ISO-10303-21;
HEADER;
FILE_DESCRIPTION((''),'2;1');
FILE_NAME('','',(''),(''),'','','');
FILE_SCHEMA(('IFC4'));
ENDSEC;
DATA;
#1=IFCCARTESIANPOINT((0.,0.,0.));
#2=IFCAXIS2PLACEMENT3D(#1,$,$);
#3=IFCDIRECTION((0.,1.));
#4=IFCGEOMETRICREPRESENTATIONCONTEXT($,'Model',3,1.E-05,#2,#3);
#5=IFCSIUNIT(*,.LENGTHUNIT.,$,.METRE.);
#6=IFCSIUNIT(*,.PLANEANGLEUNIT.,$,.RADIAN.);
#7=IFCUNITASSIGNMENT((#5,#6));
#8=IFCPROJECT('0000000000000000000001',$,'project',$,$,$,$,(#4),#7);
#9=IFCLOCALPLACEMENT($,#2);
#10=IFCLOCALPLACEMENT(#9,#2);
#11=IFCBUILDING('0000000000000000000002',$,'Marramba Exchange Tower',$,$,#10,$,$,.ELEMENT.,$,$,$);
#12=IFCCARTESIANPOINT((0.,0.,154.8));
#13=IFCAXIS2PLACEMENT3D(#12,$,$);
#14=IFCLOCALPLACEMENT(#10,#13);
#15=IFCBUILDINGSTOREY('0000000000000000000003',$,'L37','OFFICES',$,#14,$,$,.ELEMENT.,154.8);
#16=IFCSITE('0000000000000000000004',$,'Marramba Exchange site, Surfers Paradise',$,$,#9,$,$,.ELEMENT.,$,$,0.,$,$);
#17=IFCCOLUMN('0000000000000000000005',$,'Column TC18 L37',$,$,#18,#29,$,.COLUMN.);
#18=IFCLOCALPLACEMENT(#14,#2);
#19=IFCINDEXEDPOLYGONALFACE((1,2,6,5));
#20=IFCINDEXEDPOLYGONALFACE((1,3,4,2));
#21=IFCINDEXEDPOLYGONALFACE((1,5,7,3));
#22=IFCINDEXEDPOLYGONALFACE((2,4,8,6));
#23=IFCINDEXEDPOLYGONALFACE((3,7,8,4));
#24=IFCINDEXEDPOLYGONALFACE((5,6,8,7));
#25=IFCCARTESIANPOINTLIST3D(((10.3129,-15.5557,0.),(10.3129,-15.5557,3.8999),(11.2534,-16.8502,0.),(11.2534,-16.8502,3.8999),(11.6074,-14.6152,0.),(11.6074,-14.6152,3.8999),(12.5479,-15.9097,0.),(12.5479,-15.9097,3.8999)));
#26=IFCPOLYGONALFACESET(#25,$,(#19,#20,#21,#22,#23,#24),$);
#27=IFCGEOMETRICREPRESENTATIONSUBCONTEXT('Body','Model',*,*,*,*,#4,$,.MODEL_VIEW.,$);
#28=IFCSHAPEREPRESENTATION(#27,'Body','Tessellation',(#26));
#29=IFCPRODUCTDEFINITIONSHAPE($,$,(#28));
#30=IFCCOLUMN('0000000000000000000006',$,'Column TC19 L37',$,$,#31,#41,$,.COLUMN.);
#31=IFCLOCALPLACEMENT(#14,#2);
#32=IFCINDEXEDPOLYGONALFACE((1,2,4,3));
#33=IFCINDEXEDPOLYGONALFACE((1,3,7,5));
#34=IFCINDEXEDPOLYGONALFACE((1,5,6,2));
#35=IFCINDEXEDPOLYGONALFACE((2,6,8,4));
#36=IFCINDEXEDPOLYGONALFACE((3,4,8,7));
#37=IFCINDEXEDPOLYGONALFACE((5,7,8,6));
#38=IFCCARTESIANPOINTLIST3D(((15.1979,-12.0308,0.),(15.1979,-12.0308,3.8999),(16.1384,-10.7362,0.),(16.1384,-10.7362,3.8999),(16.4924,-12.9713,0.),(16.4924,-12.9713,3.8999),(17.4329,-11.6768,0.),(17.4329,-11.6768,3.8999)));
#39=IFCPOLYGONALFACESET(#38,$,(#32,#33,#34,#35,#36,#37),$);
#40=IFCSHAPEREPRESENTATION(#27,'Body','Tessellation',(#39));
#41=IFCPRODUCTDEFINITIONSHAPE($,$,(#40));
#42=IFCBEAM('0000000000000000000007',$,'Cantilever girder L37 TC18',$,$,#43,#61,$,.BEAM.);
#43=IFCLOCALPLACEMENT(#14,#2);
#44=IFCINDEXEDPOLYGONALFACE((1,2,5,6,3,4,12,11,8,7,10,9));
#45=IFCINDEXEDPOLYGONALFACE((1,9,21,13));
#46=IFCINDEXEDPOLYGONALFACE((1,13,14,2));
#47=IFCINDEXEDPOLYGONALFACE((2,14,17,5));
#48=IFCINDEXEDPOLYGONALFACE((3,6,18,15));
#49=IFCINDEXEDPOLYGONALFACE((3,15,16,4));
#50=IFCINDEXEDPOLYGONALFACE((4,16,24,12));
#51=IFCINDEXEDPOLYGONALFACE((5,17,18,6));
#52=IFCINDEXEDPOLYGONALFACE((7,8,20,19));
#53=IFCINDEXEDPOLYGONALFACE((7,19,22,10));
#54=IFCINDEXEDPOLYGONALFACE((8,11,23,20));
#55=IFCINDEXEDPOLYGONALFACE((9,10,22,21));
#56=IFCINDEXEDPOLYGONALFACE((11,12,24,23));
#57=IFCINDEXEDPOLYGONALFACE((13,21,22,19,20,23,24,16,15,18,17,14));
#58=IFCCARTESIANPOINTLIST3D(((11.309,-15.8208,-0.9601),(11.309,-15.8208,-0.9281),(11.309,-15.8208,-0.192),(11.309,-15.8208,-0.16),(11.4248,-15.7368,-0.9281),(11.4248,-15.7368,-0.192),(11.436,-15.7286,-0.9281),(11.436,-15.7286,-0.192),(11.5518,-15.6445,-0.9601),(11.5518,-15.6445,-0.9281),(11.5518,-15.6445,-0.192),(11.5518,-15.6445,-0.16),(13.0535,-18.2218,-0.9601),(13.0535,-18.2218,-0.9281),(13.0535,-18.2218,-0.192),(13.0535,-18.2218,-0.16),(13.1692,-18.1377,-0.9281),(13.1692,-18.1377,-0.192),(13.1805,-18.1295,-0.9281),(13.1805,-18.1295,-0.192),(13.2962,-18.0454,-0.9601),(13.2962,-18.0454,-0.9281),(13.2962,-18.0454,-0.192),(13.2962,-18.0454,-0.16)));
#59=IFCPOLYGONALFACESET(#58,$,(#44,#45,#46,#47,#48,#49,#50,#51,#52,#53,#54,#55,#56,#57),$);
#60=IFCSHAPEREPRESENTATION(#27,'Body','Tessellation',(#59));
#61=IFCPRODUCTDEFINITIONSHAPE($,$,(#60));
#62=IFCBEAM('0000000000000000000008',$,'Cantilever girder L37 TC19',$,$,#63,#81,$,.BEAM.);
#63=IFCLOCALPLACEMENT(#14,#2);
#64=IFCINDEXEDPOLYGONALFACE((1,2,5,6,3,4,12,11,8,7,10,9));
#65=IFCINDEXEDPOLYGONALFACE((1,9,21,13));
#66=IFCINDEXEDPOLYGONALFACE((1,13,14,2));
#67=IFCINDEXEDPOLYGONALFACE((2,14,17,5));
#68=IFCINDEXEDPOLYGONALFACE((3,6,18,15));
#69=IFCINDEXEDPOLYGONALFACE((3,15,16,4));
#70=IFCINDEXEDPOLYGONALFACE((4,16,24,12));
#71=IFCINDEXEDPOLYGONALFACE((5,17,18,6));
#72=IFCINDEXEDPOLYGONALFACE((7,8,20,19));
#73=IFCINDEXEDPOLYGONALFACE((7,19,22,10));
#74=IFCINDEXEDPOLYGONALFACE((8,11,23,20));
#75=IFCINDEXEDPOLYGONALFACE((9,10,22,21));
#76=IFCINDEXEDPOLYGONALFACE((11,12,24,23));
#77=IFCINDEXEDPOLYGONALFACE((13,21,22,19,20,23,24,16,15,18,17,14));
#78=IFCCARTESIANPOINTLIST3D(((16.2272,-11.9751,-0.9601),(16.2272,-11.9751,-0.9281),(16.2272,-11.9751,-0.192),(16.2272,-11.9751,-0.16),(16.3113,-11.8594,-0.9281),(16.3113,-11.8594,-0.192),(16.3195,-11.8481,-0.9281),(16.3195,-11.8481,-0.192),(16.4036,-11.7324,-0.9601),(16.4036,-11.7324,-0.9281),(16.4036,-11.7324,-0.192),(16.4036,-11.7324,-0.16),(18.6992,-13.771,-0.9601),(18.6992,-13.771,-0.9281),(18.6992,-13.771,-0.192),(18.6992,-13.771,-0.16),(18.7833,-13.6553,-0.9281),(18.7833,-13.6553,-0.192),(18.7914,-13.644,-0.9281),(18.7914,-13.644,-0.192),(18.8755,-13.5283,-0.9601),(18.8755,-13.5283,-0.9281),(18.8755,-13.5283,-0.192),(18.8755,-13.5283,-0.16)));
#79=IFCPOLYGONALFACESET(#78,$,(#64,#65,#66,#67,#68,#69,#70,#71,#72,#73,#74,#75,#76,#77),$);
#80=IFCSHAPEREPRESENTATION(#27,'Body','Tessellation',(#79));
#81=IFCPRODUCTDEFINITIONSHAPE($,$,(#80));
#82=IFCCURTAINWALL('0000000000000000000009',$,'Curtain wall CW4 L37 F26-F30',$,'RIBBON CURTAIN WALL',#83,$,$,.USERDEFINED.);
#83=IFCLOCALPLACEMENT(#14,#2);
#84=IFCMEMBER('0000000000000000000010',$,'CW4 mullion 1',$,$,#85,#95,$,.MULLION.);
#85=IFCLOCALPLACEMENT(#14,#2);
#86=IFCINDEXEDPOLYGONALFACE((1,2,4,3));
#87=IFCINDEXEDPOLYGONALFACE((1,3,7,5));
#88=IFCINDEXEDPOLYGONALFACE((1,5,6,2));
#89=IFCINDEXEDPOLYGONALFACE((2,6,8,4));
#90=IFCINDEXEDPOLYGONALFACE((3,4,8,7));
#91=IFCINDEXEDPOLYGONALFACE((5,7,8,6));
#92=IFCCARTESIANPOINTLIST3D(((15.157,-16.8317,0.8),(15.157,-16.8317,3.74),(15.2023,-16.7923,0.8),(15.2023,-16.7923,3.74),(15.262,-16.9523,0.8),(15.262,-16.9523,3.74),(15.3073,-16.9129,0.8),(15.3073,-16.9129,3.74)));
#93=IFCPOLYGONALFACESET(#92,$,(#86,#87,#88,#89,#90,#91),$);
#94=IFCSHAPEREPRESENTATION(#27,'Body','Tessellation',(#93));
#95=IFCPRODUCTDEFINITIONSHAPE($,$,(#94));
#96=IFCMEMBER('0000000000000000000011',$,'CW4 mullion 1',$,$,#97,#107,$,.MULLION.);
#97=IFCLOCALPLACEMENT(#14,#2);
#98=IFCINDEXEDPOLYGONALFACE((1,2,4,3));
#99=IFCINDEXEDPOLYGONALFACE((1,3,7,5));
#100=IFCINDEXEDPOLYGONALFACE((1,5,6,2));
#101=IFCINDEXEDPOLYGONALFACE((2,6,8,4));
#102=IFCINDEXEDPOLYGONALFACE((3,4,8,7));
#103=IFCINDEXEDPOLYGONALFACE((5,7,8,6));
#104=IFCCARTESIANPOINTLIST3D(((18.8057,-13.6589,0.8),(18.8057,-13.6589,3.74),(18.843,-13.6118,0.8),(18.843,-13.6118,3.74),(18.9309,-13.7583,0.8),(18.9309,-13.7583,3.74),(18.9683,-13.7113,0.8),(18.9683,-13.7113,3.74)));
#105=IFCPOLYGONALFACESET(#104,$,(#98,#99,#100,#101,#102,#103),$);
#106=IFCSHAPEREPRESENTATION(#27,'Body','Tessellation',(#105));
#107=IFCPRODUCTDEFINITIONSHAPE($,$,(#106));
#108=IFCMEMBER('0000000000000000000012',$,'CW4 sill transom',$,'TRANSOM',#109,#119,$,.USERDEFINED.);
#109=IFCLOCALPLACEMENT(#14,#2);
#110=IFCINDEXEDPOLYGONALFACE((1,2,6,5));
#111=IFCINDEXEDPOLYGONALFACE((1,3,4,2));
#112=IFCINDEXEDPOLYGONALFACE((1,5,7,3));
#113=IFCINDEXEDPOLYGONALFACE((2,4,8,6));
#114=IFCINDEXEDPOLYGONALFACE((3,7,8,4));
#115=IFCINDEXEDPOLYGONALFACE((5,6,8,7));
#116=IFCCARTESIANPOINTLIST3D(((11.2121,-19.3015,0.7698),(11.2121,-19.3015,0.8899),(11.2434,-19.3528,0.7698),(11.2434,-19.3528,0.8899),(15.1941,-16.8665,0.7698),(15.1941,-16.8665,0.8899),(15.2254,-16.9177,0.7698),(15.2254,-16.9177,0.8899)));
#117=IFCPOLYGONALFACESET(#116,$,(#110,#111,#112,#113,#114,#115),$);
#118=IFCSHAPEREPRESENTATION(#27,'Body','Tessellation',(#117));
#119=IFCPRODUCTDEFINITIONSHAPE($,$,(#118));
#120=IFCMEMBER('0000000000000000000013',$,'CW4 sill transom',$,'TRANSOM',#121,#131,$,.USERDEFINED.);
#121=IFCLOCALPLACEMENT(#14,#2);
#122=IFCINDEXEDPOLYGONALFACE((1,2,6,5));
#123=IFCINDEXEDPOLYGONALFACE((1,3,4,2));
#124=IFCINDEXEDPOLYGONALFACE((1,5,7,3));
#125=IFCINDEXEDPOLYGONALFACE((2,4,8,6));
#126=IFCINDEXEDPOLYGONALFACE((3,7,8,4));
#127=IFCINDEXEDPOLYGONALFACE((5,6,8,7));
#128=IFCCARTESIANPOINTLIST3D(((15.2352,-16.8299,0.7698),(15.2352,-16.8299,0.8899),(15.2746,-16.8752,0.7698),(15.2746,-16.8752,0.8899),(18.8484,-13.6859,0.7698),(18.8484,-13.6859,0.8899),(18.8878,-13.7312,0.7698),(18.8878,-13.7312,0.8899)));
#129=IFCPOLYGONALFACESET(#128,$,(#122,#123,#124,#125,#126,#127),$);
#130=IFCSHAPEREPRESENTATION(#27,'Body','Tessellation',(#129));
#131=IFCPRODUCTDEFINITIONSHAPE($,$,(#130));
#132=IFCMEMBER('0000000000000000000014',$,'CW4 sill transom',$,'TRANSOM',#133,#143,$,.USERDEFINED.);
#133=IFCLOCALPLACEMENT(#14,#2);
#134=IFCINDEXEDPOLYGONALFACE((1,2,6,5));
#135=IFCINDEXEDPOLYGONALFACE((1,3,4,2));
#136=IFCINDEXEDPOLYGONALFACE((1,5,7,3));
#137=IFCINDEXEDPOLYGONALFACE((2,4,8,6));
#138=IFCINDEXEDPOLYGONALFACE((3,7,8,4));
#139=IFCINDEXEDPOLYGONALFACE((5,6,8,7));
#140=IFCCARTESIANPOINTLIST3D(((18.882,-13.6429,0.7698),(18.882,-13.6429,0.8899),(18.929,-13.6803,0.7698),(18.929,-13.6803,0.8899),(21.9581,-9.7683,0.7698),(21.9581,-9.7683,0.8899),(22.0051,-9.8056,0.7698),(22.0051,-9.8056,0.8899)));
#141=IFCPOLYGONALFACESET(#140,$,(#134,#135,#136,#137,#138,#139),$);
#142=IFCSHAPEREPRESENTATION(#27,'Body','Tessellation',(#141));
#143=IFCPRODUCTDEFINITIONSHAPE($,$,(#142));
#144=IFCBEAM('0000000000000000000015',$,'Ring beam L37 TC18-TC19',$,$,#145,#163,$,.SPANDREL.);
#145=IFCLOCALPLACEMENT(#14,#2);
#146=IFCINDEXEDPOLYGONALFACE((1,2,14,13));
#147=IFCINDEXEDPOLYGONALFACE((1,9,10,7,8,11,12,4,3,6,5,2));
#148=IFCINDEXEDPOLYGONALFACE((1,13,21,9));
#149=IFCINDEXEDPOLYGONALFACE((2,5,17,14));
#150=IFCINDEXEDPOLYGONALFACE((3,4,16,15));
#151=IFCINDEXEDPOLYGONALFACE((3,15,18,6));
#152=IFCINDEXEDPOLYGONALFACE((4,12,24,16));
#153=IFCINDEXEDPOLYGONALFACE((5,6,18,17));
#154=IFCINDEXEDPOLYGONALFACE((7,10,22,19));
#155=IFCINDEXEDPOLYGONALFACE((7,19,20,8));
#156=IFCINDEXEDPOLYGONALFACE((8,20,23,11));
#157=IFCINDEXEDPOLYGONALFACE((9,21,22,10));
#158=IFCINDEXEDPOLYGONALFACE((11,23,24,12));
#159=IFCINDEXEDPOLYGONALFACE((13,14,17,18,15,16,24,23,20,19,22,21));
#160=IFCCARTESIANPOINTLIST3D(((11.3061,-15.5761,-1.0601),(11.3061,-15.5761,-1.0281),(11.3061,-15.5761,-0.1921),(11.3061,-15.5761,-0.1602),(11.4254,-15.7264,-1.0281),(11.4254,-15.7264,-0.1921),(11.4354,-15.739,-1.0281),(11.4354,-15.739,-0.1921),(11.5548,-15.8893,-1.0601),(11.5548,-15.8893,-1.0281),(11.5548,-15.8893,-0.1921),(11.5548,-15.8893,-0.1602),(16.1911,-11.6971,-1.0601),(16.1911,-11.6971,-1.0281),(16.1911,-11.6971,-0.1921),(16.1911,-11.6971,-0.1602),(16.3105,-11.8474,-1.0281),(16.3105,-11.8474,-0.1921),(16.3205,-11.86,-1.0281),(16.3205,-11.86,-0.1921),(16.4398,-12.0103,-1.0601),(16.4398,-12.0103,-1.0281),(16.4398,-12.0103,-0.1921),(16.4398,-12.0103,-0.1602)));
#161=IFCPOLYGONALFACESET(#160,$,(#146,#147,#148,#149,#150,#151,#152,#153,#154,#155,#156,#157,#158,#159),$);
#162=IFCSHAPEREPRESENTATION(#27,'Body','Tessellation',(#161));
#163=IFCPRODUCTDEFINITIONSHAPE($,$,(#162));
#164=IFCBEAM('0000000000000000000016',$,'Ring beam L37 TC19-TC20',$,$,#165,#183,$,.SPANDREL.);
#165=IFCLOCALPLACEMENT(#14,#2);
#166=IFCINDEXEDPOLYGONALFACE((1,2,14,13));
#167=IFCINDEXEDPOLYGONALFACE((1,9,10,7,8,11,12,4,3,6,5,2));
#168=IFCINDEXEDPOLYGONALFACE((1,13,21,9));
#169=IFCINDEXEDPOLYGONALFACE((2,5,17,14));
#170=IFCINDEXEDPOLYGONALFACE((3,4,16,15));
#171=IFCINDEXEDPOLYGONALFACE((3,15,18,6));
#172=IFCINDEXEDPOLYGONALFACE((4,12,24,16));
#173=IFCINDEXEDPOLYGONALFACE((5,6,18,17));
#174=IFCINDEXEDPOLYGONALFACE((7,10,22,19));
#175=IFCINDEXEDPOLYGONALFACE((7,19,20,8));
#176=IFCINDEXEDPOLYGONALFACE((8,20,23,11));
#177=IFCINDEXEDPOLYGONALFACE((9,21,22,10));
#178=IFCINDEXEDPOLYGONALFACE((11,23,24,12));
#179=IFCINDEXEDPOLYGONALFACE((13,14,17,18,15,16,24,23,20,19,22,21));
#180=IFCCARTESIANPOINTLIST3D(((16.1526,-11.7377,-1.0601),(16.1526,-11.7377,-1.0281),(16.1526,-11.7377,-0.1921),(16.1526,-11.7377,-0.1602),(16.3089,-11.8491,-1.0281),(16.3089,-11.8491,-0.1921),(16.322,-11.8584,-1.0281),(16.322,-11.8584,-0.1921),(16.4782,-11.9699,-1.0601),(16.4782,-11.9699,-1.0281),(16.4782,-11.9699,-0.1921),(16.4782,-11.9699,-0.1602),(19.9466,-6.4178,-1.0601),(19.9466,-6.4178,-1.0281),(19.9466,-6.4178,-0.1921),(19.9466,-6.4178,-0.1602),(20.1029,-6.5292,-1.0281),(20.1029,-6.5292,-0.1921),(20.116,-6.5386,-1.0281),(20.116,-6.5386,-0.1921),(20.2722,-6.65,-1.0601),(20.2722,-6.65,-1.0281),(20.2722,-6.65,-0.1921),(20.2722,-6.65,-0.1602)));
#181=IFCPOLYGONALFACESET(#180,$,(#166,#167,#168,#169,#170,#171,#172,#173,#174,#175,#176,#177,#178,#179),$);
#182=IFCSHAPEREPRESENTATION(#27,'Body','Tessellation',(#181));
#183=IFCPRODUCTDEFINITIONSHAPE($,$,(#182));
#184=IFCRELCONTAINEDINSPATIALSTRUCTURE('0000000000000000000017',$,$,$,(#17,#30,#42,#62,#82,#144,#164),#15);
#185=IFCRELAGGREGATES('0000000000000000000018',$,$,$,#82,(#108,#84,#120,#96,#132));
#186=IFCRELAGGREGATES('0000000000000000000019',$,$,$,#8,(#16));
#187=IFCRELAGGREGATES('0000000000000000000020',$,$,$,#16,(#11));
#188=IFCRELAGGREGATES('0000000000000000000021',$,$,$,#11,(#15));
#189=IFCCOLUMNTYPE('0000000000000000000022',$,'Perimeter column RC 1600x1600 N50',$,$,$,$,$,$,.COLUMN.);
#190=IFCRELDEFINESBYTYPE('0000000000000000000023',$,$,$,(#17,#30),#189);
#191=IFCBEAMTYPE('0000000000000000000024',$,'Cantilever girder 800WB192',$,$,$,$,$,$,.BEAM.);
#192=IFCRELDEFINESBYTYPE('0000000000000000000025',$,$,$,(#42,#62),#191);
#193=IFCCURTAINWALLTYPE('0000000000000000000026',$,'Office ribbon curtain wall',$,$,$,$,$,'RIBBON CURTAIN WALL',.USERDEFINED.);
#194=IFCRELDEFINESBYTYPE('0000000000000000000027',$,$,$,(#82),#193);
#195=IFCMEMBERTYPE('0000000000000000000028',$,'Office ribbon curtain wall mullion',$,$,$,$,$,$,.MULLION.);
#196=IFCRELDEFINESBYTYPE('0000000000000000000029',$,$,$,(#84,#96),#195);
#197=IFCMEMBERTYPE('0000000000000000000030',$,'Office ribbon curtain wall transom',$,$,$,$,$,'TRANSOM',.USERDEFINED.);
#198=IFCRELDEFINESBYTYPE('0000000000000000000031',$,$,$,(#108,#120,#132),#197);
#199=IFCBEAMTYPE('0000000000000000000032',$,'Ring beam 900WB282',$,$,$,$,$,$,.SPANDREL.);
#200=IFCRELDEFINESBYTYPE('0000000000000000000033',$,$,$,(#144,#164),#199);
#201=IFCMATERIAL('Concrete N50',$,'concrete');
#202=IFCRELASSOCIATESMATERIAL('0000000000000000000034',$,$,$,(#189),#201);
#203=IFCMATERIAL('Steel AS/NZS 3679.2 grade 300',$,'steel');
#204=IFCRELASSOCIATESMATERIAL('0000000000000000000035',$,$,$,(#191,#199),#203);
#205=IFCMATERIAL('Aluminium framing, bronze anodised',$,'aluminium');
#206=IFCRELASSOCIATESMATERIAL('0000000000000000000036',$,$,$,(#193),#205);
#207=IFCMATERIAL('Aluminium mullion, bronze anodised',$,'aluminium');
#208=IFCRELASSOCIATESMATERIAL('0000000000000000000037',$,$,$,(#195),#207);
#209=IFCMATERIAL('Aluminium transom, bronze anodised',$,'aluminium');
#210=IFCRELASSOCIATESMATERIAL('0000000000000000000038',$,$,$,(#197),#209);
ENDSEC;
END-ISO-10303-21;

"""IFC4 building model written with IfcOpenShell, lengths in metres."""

from ifc_helpers import new_model, si_unit, direction, frame, origin, origin_2d, place, context, subcontext, project, spatial, rectangle, i_section, extrude, material, material_profile, profile_set, type_object, element, aggregate, save


model = new_model("IFC4")

# Units and contexts
model_context = context("Model", 3, precision=1e-05, world=origin(), true_north=direction((0.0, 1.0)))
body_context = subcontext(model_context, "Body", "Model", "MODEL_VIEW")
ifc_project = project(units=[si_unit("LENGTHUNIT", "METRE"), si_unit("PLANEANGLEUNIT", "RADIAN")], contexts=[model_context])

# Site, building, storey
site_placement = place(None, origin())
site = spatial("IfcSite", under=ifc_project, at=site_placement, Name="Marramba Exchange site, Surfers Paradise", CompositionType="ELEMENT", RefElevation=0.0)
building_placement = place(site_placement, origin())
building = spatial("IfcBuilding", under=site, at=building_placement, Name="Marramba Exchange Tower", CompositionType="ELEMENT")
storey_placement = place(building_placement, frame((0.0, 0.0, 154.8)))
storey = spatial("IfcBuildingStorey", under=building, at=storey_placement, Name="L37", Description="OFFICES", CompositionType="ELEMENT", Elevation=154.8)

# Columns
ifc_material_1 = material(Name="Concrete N50", Category="concrete")
ifc_material_profile_1 = material_profile(ifc_material_1, rectangle(XDim=1.6001, YDim=1.6001, at=origin_2d()), Name="RC 1600x1600")
ifc_profile_set_1 = profile_set([ifc_material_profile_1], Name="Concrete N50")
column_type = type_object("IfcColumnType", Name="Perimeter column RC 1600x1600 N50", PredefinedType="COLUMN", material=ifc_profile_set_1)
for number, where, z_axis, x_axis, name in (
    (1, (11.4304, -15.7327, 0.0), (0.0, 0.0, 1.0), (0.587785, -0.809017, 0.0), "Column TC18 L37"),
    (2, (16.3154, -11.8538, 0.0), (0.0, 0.0, 1.0), (0.809017, -0.587785, 0.0), "Column TC19 L37"),
):
    element("IfcColumn", number, at=place(storey_placement, frame(where, z_axis=z_axis, x_axis=x_axis)), inside=storey, type_object=column_type, Name=name, PredefinedType="COLUMN", context=body_context, shape_type="SweptSolid", body=[
        extrude(rectangle(XDim=1.6001, YDim=1.6001, at=origin_2d()), origin(), (0.0, 0.0, 1.0), 3.8999),
    ])

# Beams
ifc_material_2 = material(Name="Steel AS/NZS 3679.2 grade 300", Category="steel")
ifc_material_profile_2 = material_profile(ifc_material_2, i_section(OverallWidth=0.3, OverallDepth=0.8, WebThickness=0.0139, FlangeThickness=0.032, at=origin_2d()), Name="800WB192")
ifc_profile_set_2 = profile_set([ifc_material_profile_2], Name="Steel AS/NZS 3679.2 grade 300")
beam_type_1 = type_object("IfcBeamType", Name="Cantilever girder 800WB192", PredefinedType="BEAM", material=ifc_profile_set_2)
beam_1_placement = place(storey_placement, frame((11.4304, -15.7327, -0.5601), z_axis=(0.587795, -0.80901, 0.0), x_axis=(0.80901, 0.587795, 0.0)))
element("IfcBeam", 3, at=beam_1_placement, inside=storey, type_object=beam_type_1, Name="Cantilever girder L37 TC18", PredefinedType="BEAM", context=body_context, shape_type="SweptSolid", body=[
    extrude(i_section(OverallWidth=0.3, OverallDepth=0.8, WebThickness=0.0139, FlangeThickness=0.032, at=origin_2d()), origin(), (0.0, 0.0, 1.0), 2.9678),
])
beam_2_placement = place(storey_placement, frame((16.3154, -11.8538, -0.5601), z_axis=(0.809026, -0.587773, 0.0), x_axis=(0.587773, 0.809026, 0.0)))
element("IfcBeam", 4, at=beam_2_placement, inside=storey, type_object=beam_type_1, Name="Cantilever girder L37 TC19", PredefinedType="BEAM", context=body_context, shape_type="SweptSolid", body=[
    extrude(i_section(OverallWidth=0.3, OverallDepth=0.8, WebThickness=0.0139, FlangeThickness=0.032, at=origin_2d()), origin(), (0.0, 0.0, 1.0), 3.0554),
])

# Curtain wall, members
ifc_material_3 = material(Name="Aluminium framing, bronze anodised", Category="aluminium")
curtain_wall_type = type_object("IfcCurtainWallType", Name="Office ribbon curtain wall", ElementType="RIBBON CURTAIN WALL", PredefinedType="USERDEFINED", material=ifc_material_3)
curtain_wall_placement = place(storey_placement, origin())
curtain_wall = element("IfcCurtainWall", 5, at=curtain_wall_placement, inside=storey, type_object=curtain_wall_type, Name="Curtain wall CW4 L37 F26-F30", ObjectType="RIBBON CURTAIN WALL", PredefinedType="USERDEFINED")
ifc_material_4 = material(Name="Aluminium mullion, bronze anodised", Category="aluminium")
ifc_material_profile_3 = material_profile(ifc_material_4, rectangle(XDim=0.1599, YDim=0.0601, at=origin_2d()), Name="CW4 mullion 60x160")
ifc_profile_set_3 = profile_set([ifc_material_profile_3], Name="Aluminium mullion, bronze anodised")
member_type_1 = type_object("IfcMemberType", Name="Office ribbon curtain wall mullion", PredefinedType="MULLION", material=ifc_profile_set_3)
member_1_placement = place(storey_placement, frame((15.2322, -16.8723, 0.8), z_axis=(0.0, 0.0, 1.0), x_axis=(-0.656432, 0.754386, 0.0)))
member_1 = element("IfcMember", 6, at=member_1_placement, type_object=member_type_1, Name="CW4 mullion 1", PredefinedType="MULLION", context=body_context, shape_type="SweptSolid", body=[
    extrude(rectangle(XDim=0.1599, YDim=0.0601, at=origin_2d()), origin(), (0.0, 0.0, 1.0), 2.9399),
])
member_2_placement = place(storey_placement, frame((18.887, -13.6851, 0.8), z_axis=(0.0, 0.0, 1.0), x_axis=(-0.78317, 0.621807, 0.0)))
member_2 = element("IfcMember", 7, at=member_2_placement, type_object=member_type_1, Name="CW4 mullion 1", PredefinedType="MULLION", context=body_context, shape_type="SweptSolid", body=[
    extrude(rectangle(XDim=0.1599, YDim=0.0601, at=origin_2d()), origin(), (0.0, 0.0, 1.0), 2.9399),
])
ifc_material_5 = material(Name="Aluminium transom, bronze anodised", Category="aluminium")
ifc_material_profile_4 = material_profile(ifc_material_5, rectangle(XDim=0.0601, YDim=0.1201, at=origin_2d()), Name="CW4 transom 60x120")
ifc_profile_set_4 = profile_set([ifc_material_profile_4], Name="Aluminium transom, bronze anodised")
member_type_2 = type_object("IfcMemberType", Name="Office ribbon curtain wall transom", ElementType="TRANSOM", PredefinedType="USERDEFINED", material=ifc_profile_set_4)
member_3_placement = place(storey_placement, frame((11.2278, -19.3271, 0.8298), z_axis=(0.853124, 0.521708, 0.0), x_axis=(-0.521708, 0.853124, 0.0)))
member_3 = element("IfcMember", 8, at=member_3_placement, type_object=member_type_2, Name="CW4 sill transom", ObjectType="TRANSOM", PredefinedType="USERDEFINED", context=body_context, shape_type="SweptSolid", body=[
    extrude(rectangle(XDim=0.0601, YDim=0.1201, at=origin_2d()), origin(), (0.0, 0.0, 1.0), 4.6675),
])
member_4_placement = place(storey_placement, frame((15.2549, -16.8525, 0.8298), z_axis=(0.754393, 0.656424, 0.0), x_axis=(-0.656424, 0.754393, 0.0)))
member_4 = element("IfcMember", 9, at=member_4_placement, type_object=member_type_2, Name="CW4 sill transom", ObjectType="TRANSOM", PredefinedType="USERDEFINED", context=body_context, shape_type="SweptSolid", body=[
    extrude(rectangle(XDim=0.0601, YDim=0.1201, at=origin_2d()), origin(), (0.0, 0.0, 1.0), 4.7896),
])
member_5_placement = place(storey_placement, frame((18.9055, -13.6616, 0.8298), z_axis=(0.621778, 0.783194, 0.0), x_axis=(-0.783194, 0.621778, 0.0)))
member_5 = element("IfcMember", 10, at=member_5_placement, type_object=member_type_2, Name="CW4 sill transom", ObjectType="TRANSOM", PredefinedType="USERDEFINED", context=body_context, shape_type="SweptSolid", body=[
    extrude(rectangle(XDim=0.0601, YDim=0.1201, at=origin_2d()), origin(), (0.0, 0.0, 1.0), 4.9473),
])

# Beams
ifc_material_profile_5 = material_profile(ifc_material_2, i_section(OverallWidth=0.3999, OverallDepth=0.8999, WebThickness=0.0161, FlangeThickness=0.032, at=origin_2d()), Name="900WB282")
ifc_profile_set_5 = profile_set([ifc_material_profile_5], Name="Steel AS/NZS 3679.2 grade 300")
beam_type_2 = type_object("IfcBeamType", Name="Ring beam 900WB282", PredefinedType="SPANDREL", material=ifc_profile_set_5)
beam_3_placement = place(storey_placement, frame((11.4304, -15.7327, -0.6101), z_axis=(0.783139, 0.621846, 0.0), x_axis=(-0.621846, 0.783139, 0.0)))
element("IfcBeam", 11, at=beam_3_placement, inside=storey, type_object=beam_type_2, Name="Ring beam L37 TC18-TC19", PredefinedType="SPANDREL", context=body_context, shape_type="SweptSolid", body=[
    extrude(i_section(OverallWidth=0.3999, OverallDepth=0.8999, WebThickness=0.0161, FlangeThickness=0.032, at=origin_2d()), origin(), (0.0, 0.0, 1.0), 6.2378),
])
beam_4_placement = place(storey_placement, frame((16.3154, -11.8538, -0.6101), z_axis=(0.580637, 0.814162, 0.0), x_axis=(-0.814162, 0.580637, 0.0)))
element("IfcBeam", 12, at=beam_4_placement, inside=storey, type_object=beam_type_2, Name="Ring beam L37 TC19-TC20", PredefinedType="SPANDREL", context=body_context, shape_type="SweptSolid", body=[
    extrude(i_section(OverallWidth=0.3999, OverallDepth=0.8999, WebThickness=0.0161, FlangeThickness=0.032, at=origin_2d()), origin(), (0.0, 0.0, 1.0), 6.5342),
])

aggregate(curtain_wall, [member_3, member_1, member_4, member_2, member_5])

save(model, "model.ifc")
